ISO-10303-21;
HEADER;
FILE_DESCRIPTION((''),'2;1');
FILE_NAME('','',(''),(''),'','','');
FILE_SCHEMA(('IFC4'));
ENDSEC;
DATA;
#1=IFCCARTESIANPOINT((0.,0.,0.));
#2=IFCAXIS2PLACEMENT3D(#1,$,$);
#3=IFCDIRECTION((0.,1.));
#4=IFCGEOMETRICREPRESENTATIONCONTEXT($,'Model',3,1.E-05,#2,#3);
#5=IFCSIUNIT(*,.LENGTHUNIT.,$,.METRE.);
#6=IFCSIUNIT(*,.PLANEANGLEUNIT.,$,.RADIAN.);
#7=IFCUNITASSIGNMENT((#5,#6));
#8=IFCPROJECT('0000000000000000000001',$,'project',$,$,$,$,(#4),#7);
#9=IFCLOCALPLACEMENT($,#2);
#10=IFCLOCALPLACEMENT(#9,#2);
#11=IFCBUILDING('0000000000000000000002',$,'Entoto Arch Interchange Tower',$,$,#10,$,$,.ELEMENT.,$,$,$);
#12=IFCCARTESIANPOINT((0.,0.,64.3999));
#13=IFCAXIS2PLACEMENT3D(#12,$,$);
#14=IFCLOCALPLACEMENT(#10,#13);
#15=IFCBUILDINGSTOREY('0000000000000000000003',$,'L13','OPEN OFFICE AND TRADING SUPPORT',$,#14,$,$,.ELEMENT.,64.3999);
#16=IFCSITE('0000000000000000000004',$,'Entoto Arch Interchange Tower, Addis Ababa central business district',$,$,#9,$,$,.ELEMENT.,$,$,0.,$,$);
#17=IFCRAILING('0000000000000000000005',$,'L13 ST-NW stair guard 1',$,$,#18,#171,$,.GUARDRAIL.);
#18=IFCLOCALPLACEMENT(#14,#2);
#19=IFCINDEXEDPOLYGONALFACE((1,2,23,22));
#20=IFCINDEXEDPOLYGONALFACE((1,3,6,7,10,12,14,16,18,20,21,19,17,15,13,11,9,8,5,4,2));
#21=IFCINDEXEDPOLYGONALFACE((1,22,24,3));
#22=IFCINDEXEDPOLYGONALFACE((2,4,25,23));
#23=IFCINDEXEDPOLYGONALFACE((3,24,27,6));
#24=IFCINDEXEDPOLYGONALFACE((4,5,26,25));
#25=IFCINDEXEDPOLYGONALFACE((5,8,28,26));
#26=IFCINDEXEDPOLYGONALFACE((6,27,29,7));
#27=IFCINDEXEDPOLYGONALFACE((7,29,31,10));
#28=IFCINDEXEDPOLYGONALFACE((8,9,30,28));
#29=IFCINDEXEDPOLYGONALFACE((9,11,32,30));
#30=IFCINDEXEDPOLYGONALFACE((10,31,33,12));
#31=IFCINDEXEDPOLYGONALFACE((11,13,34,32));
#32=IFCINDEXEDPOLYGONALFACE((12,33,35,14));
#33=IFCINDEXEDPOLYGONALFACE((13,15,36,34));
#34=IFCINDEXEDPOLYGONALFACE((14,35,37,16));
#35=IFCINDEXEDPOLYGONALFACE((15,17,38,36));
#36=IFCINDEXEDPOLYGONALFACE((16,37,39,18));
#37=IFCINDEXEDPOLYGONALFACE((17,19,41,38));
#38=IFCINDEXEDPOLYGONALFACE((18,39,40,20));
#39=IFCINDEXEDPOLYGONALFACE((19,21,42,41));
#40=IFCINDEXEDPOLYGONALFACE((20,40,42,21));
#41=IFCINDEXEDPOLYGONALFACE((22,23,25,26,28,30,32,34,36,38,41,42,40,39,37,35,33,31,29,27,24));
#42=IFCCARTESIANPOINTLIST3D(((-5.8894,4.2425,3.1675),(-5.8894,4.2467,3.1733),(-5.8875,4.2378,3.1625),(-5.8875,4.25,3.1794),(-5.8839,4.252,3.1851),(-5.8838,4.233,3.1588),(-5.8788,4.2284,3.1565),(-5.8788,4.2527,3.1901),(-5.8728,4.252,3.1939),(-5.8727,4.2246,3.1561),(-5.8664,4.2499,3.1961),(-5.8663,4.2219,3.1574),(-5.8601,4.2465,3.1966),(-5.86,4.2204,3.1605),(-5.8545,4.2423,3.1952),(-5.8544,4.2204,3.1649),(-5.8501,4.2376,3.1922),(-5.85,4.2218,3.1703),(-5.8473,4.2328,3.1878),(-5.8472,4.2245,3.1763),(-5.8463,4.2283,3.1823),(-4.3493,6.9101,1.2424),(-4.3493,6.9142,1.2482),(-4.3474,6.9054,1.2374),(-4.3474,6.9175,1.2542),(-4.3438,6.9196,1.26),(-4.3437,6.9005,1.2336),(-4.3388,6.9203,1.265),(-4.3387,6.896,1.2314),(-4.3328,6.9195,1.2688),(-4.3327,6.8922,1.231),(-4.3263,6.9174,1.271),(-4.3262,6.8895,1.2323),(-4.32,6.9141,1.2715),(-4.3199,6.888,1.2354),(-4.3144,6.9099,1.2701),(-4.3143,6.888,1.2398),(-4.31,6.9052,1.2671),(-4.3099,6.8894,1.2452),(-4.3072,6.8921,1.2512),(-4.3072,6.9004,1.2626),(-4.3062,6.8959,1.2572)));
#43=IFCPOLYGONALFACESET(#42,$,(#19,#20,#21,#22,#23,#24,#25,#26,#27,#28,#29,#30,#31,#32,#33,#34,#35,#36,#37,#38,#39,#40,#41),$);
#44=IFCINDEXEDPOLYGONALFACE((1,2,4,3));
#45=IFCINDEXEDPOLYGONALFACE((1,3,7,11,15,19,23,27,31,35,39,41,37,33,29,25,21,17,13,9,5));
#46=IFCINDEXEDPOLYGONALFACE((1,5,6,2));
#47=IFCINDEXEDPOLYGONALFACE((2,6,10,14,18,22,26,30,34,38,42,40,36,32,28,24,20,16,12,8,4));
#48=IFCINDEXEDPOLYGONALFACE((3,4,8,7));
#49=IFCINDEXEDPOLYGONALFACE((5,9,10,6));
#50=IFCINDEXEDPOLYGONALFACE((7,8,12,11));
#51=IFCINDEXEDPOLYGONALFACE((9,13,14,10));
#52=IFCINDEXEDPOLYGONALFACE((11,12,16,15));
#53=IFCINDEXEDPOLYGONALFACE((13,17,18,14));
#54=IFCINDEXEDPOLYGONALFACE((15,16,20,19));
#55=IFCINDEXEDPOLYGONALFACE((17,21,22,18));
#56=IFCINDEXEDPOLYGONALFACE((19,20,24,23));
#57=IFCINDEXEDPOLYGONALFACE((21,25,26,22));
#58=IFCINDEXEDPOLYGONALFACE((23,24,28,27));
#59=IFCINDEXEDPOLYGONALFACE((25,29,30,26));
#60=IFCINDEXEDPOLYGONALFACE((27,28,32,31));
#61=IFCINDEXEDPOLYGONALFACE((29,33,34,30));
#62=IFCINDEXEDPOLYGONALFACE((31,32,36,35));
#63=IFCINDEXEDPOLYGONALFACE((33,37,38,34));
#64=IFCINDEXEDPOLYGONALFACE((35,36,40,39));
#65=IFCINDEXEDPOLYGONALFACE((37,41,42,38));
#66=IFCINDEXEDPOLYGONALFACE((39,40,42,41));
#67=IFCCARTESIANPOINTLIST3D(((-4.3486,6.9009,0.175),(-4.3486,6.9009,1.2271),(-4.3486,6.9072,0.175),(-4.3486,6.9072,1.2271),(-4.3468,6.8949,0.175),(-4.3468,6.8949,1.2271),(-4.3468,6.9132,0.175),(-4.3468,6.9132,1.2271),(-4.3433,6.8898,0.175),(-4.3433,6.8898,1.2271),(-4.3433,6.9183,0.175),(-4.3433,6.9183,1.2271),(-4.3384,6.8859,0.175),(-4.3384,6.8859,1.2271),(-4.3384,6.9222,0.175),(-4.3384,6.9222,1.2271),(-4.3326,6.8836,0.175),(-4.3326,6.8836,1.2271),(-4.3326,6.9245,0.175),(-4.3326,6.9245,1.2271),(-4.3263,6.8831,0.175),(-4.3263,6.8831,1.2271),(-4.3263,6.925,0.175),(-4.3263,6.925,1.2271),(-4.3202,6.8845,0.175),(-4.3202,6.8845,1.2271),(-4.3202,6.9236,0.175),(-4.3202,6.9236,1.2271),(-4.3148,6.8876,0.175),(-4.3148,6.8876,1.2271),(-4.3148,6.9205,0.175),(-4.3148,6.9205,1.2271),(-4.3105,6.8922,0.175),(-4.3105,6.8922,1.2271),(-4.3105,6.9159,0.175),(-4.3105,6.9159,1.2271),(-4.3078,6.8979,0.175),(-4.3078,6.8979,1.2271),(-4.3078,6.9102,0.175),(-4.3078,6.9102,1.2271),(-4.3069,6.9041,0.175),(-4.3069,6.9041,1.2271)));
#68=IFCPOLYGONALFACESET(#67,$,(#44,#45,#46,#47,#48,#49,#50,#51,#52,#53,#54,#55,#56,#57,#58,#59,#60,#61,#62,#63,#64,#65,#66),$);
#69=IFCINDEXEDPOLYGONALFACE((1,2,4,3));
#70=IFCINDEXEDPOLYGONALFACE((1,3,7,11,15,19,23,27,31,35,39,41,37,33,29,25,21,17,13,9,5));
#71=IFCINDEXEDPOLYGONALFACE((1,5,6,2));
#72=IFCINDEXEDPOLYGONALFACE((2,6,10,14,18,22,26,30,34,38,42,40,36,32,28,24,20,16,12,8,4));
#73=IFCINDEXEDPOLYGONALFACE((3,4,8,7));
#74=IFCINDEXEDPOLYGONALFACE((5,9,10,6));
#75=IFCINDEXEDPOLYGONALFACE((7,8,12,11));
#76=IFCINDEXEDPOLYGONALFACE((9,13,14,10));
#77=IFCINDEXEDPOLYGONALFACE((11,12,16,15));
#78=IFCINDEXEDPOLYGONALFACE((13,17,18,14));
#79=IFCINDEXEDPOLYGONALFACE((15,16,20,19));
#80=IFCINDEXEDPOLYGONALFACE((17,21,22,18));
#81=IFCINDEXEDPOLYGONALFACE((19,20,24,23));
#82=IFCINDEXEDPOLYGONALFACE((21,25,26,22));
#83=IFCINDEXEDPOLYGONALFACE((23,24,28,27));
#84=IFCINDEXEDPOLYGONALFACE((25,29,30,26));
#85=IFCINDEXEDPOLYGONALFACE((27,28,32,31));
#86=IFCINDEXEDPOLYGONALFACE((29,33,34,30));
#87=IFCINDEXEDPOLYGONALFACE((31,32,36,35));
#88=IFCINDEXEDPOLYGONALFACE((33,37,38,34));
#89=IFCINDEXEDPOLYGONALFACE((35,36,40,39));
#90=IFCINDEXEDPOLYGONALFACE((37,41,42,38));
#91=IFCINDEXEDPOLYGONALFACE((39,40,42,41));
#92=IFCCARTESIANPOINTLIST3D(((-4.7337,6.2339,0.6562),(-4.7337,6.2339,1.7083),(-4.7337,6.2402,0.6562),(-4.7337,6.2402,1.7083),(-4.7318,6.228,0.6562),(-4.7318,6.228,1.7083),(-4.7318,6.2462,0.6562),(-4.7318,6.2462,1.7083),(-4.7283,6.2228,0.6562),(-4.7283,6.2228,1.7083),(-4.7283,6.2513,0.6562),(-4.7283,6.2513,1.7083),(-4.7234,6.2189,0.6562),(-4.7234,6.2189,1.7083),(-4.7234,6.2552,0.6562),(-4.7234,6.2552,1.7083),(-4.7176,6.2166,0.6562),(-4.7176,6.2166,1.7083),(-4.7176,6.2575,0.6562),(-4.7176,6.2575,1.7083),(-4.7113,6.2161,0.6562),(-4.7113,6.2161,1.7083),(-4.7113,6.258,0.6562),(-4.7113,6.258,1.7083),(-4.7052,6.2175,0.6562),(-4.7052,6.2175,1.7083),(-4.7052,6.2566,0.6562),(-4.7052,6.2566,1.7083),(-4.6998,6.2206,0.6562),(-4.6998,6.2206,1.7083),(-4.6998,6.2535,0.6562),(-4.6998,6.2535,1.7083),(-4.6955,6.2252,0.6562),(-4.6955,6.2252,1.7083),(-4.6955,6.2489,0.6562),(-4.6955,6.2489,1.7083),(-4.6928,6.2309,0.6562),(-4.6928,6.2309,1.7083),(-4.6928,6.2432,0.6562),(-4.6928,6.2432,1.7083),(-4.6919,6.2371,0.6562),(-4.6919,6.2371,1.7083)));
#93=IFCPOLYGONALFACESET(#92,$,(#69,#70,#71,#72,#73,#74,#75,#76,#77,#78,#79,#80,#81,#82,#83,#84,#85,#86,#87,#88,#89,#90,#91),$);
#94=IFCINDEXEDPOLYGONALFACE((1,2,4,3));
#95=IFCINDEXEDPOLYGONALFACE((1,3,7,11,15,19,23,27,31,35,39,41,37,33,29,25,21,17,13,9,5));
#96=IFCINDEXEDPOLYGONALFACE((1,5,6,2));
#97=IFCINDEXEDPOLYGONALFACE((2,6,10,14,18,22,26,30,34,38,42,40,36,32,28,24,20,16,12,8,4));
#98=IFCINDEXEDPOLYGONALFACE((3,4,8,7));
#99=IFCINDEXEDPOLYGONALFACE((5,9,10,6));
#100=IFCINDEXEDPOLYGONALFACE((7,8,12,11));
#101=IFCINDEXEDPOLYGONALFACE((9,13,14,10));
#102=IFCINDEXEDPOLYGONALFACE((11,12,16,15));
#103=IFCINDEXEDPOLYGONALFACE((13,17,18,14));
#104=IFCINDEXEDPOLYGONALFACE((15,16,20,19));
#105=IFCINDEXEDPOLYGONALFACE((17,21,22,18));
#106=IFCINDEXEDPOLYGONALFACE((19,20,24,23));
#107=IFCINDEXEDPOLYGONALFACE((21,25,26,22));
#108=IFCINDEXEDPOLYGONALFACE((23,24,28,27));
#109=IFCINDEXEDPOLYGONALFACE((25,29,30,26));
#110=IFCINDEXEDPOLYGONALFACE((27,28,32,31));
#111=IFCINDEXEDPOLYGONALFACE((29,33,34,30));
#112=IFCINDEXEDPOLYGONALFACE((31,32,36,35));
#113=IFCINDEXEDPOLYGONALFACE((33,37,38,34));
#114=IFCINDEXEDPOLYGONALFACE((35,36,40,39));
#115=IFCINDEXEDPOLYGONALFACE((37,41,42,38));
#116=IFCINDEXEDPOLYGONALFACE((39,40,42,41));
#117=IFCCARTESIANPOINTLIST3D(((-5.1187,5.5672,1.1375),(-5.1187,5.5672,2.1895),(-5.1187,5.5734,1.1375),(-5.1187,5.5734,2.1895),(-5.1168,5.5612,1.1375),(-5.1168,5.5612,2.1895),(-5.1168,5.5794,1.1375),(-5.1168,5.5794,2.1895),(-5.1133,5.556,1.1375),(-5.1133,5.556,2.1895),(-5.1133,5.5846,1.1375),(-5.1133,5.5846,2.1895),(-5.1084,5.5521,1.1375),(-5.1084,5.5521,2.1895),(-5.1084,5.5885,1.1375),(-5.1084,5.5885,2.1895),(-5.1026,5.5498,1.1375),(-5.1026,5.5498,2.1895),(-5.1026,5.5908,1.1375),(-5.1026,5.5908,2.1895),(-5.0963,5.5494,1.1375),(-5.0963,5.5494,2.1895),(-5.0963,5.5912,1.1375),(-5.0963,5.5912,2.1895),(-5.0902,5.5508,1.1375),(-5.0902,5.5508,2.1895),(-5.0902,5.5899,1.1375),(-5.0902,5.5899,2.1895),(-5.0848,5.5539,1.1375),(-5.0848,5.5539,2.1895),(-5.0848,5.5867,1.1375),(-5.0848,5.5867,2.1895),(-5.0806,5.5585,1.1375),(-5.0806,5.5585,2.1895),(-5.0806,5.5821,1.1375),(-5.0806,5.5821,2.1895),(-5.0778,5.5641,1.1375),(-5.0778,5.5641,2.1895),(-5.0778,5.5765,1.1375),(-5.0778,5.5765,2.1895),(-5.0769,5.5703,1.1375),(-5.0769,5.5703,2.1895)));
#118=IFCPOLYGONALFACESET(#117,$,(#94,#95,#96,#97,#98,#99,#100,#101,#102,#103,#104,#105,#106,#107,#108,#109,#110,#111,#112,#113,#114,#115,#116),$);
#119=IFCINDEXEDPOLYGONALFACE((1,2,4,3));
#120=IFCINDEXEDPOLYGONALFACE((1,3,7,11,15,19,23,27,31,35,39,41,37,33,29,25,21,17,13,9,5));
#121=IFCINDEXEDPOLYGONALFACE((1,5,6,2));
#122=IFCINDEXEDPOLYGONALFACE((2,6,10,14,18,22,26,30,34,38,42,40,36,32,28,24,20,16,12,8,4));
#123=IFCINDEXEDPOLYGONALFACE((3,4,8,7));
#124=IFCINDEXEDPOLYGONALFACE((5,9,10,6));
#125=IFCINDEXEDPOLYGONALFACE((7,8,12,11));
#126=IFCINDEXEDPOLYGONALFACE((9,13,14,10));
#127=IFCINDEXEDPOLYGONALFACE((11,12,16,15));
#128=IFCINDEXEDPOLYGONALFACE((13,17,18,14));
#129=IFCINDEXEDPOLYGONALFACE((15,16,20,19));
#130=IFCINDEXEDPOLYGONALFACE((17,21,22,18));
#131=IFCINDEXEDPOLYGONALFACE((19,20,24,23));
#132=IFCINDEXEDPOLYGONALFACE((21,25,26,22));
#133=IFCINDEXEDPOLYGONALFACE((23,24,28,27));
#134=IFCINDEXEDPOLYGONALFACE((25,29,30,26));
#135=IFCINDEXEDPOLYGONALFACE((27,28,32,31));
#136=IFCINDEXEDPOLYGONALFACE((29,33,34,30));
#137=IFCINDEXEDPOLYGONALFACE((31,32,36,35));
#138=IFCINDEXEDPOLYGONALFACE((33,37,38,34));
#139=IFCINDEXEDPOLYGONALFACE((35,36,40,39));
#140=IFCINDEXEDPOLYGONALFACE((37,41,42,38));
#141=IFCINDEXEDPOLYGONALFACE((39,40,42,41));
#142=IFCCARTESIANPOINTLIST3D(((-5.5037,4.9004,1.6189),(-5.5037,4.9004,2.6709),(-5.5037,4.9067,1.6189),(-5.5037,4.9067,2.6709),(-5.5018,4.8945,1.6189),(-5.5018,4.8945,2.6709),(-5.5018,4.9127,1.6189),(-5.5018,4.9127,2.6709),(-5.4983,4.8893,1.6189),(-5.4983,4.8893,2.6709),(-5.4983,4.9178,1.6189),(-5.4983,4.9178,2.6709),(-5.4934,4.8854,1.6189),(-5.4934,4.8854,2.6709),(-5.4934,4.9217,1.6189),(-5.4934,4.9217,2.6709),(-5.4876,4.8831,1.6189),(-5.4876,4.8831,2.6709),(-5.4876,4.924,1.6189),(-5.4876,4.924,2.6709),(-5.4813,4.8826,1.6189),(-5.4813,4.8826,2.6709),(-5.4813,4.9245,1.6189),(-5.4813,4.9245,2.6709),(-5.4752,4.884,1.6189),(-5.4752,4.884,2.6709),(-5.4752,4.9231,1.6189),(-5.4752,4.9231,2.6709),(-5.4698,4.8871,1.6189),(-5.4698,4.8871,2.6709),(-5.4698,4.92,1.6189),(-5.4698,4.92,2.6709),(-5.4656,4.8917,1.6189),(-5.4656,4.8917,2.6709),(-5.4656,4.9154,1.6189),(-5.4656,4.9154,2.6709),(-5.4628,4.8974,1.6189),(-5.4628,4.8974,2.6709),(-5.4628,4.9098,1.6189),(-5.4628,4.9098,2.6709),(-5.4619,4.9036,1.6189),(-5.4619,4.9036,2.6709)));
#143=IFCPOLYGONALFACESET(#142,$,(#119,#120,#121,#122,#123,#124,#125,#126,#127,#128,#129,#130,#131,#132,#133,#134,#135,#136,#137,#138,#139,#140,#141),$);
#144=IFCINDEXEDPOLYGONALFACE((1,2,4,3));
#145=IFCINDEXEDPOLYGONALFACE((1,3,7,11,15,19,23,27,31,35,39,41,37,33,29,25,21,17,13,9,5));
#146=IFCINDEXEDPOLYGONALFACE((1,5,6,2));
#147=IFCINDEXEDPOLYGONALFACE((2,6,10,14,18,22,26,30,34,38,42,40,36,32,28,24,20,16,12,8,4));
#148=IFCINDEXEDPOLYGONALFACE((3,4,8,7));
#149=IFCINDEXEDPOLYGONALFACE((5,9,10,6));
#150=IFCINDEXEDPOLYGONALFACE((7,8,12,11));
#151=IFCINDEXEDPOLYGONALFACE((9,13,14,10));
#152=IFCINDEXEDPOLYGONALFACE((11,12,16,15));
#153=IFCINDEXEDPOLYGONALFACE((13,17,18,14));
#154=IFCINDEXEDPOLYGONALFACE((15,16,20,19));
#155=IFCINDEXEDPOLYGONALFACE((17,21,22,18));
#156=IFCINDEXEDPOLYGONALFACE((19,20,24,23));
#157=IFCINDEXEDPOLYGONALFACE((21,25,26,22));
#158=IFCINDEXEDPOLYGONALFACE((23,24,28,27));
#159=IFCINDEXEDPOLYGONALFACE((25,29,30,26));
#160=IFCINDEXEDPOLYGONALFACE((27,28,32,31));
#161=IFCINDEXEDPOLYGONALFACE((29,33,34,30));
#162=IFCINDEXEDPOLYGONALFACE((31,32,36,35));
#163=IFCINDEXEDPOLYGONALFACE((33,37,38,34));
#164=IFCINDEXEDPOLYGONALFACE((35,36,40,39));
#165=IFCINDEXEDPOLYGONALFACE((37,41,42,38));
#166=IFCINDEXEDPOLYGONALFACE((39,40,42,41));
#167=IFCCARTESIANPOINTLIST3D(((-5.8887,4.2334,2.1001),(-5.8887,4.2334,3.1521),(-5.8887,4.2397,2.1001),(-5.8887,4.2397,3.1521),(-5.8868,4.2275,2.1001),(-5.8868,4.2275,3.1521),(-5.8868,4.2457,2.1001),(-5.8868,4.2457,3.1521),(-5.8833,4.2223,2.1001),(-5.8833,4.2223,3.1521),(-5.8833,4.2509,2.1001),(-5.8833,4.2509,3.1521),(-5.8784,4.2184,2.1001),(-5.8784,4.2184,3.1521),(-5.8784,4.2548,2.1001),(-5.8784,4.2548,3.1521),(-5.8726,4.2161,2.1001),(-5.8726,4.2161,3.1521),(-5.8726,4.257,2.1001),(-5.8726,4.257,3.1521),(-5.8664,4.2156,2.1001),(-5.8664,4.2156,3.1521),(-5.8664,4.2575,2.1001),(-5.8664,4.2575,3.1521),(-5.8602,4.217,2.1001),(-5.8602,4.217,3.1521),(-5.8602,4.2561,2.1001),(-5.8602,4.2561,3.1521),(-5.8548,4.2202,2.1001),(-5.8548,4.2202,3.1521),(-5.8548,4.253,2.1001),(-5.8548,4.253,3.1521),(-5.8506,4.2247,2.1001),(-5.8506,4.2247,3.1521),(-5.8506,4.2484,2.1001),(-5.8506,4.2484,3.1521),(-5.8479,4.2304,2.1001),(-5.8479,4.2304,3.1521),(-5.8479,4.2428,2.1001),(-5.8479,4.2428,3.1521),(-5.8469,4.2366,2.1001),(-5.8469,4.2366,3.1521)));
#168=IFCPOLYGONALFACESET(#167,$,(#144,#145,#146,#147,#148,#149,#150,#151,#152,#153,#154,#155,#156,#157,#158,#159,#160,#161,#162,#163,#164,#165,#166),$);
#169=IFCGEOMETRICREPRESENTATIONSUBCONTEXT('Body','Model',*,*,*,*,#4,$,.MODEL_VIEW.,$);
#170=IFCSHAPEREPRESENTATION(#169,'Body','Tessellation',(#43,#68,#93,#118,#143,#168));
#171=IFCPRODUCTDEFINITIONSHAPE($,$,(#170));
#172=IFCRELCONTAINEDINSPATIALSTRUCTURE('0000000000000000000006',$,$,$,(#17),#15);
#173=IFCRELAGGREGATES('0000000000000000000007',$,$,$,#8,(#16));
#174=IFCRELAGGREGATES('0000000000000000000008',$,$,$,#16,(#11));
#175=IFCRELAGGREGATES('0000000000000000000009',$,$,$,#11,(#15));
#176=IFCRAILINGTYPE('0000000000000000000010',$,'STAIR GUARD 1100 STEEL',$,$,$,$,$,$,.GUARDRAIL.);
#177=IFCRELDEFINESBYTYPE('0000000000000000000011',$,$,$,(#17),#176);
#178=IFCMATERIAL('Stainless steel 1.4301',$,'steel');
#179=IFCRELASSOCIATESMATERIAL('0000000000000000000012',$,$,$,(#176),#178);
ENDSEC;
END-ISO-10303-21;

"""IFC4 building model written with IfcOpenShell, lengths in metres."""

from ifc_helpers import new_model, si_unit, direction, frame, origin, origin_2d, place, context, subcontext, project, spatial, circle, extrude, material, type_object, element, save


model = new_model("IFC4")

# Units and contexts
model_context = context("Model", 3, precision=1e-05, world=origin(), true_north=direction((0.0, 1.0)))
body_context = subcontext(model_context, "Body", "Model", "MODEL_VIEW")
ifc_project = project(units=[si_unit("LENGTHUNIT", "METRE"), si_unit("PLANEANGLEUNIT", "RADIAN")], contexts=[model_context])

# Site, building, storey
site_placement = place(None, origin())
site = spatial("IfcSite", under=ifc_project, at=site_placement, Name="Entoto Arch Interchange Tower, Addis Ababa central business district", CompositionType="ELEMENT", RefElevation=0.0)
building_placement = place(site_placement, origin())
building = spatial("IfcBuilding", under=site, at=building_placement, Name="Entoto Arch Interchange Tower", CompositionType="ELEMENT")
storey_placement = place(building_placement, frame((0.0, 0.0, 64.3999)))
storey = spatial("IfcBuildingStorey", under=building, at=storey_placement, Name="L13", Description="OPEN OFFICE AND TRADING SUPPORT", CompositionType="ELEMENT", Elevation=64.3999)

# Railing
ifc_material_1 = material(Name="Stainless steel 1.4301", Category="steel")
railing_type_1 = type_object("IfcRailingType", Name="STAIR GUARD 1100 STEEL", PredefinedType="GUARDRAIL", material=ifc_material_1)
railing_1_placement = place(storey_placement, frame((-4.3279, 6.9041, 0.175)))
element("IfcRailing", 1, at=railing_1_placement, inside=storey, type_object=railing_type_1, Name="L13 ST-NW stair guard 1", PredefinedType="GUARDRAIL", context=body_context, shape_type="SweptSolid", body=[
    extrude(circle(Radius=0.0239, at=origin_2d()), frame((0.0, 0.0, 1.0762), z_axis=(-0.423994, -0.734395, 0.529993), x_axis=(0.86603, -0.499992, 0.0)), (0.0, 0.0, 1.0), 3.6323),
    extrude(circle(Radius=0.021, at=origin_2d()), origin(), (0.0, 0.0, 1.0), 1.052),
    extrude(circle(Radius=0.021, at=origin_2d()), frame((-0.385, -0.667, 0.4812)), (0.0, 0.0, 1.0), 1.052),
    extrude(circle(Radius=0.021, at=origin_2d()), frame((-0.77, -1.3337, 0.9624)), (0.0, 0.0, 1.0), 1.052),
    extrude(circle(Radius=0.021, at=origin_2d()), frame((-1.155, -2.0005, 1.4438)), (0.0, 0.0, 1.0), 1.052),
    extrude(circle(Radius=0.021, at=origin_2d()), frame((-1.54, -2.6675, 1.925)), (0.0, 0.0, 1.0), 1.052),
])

save(model, "model.ifc")
